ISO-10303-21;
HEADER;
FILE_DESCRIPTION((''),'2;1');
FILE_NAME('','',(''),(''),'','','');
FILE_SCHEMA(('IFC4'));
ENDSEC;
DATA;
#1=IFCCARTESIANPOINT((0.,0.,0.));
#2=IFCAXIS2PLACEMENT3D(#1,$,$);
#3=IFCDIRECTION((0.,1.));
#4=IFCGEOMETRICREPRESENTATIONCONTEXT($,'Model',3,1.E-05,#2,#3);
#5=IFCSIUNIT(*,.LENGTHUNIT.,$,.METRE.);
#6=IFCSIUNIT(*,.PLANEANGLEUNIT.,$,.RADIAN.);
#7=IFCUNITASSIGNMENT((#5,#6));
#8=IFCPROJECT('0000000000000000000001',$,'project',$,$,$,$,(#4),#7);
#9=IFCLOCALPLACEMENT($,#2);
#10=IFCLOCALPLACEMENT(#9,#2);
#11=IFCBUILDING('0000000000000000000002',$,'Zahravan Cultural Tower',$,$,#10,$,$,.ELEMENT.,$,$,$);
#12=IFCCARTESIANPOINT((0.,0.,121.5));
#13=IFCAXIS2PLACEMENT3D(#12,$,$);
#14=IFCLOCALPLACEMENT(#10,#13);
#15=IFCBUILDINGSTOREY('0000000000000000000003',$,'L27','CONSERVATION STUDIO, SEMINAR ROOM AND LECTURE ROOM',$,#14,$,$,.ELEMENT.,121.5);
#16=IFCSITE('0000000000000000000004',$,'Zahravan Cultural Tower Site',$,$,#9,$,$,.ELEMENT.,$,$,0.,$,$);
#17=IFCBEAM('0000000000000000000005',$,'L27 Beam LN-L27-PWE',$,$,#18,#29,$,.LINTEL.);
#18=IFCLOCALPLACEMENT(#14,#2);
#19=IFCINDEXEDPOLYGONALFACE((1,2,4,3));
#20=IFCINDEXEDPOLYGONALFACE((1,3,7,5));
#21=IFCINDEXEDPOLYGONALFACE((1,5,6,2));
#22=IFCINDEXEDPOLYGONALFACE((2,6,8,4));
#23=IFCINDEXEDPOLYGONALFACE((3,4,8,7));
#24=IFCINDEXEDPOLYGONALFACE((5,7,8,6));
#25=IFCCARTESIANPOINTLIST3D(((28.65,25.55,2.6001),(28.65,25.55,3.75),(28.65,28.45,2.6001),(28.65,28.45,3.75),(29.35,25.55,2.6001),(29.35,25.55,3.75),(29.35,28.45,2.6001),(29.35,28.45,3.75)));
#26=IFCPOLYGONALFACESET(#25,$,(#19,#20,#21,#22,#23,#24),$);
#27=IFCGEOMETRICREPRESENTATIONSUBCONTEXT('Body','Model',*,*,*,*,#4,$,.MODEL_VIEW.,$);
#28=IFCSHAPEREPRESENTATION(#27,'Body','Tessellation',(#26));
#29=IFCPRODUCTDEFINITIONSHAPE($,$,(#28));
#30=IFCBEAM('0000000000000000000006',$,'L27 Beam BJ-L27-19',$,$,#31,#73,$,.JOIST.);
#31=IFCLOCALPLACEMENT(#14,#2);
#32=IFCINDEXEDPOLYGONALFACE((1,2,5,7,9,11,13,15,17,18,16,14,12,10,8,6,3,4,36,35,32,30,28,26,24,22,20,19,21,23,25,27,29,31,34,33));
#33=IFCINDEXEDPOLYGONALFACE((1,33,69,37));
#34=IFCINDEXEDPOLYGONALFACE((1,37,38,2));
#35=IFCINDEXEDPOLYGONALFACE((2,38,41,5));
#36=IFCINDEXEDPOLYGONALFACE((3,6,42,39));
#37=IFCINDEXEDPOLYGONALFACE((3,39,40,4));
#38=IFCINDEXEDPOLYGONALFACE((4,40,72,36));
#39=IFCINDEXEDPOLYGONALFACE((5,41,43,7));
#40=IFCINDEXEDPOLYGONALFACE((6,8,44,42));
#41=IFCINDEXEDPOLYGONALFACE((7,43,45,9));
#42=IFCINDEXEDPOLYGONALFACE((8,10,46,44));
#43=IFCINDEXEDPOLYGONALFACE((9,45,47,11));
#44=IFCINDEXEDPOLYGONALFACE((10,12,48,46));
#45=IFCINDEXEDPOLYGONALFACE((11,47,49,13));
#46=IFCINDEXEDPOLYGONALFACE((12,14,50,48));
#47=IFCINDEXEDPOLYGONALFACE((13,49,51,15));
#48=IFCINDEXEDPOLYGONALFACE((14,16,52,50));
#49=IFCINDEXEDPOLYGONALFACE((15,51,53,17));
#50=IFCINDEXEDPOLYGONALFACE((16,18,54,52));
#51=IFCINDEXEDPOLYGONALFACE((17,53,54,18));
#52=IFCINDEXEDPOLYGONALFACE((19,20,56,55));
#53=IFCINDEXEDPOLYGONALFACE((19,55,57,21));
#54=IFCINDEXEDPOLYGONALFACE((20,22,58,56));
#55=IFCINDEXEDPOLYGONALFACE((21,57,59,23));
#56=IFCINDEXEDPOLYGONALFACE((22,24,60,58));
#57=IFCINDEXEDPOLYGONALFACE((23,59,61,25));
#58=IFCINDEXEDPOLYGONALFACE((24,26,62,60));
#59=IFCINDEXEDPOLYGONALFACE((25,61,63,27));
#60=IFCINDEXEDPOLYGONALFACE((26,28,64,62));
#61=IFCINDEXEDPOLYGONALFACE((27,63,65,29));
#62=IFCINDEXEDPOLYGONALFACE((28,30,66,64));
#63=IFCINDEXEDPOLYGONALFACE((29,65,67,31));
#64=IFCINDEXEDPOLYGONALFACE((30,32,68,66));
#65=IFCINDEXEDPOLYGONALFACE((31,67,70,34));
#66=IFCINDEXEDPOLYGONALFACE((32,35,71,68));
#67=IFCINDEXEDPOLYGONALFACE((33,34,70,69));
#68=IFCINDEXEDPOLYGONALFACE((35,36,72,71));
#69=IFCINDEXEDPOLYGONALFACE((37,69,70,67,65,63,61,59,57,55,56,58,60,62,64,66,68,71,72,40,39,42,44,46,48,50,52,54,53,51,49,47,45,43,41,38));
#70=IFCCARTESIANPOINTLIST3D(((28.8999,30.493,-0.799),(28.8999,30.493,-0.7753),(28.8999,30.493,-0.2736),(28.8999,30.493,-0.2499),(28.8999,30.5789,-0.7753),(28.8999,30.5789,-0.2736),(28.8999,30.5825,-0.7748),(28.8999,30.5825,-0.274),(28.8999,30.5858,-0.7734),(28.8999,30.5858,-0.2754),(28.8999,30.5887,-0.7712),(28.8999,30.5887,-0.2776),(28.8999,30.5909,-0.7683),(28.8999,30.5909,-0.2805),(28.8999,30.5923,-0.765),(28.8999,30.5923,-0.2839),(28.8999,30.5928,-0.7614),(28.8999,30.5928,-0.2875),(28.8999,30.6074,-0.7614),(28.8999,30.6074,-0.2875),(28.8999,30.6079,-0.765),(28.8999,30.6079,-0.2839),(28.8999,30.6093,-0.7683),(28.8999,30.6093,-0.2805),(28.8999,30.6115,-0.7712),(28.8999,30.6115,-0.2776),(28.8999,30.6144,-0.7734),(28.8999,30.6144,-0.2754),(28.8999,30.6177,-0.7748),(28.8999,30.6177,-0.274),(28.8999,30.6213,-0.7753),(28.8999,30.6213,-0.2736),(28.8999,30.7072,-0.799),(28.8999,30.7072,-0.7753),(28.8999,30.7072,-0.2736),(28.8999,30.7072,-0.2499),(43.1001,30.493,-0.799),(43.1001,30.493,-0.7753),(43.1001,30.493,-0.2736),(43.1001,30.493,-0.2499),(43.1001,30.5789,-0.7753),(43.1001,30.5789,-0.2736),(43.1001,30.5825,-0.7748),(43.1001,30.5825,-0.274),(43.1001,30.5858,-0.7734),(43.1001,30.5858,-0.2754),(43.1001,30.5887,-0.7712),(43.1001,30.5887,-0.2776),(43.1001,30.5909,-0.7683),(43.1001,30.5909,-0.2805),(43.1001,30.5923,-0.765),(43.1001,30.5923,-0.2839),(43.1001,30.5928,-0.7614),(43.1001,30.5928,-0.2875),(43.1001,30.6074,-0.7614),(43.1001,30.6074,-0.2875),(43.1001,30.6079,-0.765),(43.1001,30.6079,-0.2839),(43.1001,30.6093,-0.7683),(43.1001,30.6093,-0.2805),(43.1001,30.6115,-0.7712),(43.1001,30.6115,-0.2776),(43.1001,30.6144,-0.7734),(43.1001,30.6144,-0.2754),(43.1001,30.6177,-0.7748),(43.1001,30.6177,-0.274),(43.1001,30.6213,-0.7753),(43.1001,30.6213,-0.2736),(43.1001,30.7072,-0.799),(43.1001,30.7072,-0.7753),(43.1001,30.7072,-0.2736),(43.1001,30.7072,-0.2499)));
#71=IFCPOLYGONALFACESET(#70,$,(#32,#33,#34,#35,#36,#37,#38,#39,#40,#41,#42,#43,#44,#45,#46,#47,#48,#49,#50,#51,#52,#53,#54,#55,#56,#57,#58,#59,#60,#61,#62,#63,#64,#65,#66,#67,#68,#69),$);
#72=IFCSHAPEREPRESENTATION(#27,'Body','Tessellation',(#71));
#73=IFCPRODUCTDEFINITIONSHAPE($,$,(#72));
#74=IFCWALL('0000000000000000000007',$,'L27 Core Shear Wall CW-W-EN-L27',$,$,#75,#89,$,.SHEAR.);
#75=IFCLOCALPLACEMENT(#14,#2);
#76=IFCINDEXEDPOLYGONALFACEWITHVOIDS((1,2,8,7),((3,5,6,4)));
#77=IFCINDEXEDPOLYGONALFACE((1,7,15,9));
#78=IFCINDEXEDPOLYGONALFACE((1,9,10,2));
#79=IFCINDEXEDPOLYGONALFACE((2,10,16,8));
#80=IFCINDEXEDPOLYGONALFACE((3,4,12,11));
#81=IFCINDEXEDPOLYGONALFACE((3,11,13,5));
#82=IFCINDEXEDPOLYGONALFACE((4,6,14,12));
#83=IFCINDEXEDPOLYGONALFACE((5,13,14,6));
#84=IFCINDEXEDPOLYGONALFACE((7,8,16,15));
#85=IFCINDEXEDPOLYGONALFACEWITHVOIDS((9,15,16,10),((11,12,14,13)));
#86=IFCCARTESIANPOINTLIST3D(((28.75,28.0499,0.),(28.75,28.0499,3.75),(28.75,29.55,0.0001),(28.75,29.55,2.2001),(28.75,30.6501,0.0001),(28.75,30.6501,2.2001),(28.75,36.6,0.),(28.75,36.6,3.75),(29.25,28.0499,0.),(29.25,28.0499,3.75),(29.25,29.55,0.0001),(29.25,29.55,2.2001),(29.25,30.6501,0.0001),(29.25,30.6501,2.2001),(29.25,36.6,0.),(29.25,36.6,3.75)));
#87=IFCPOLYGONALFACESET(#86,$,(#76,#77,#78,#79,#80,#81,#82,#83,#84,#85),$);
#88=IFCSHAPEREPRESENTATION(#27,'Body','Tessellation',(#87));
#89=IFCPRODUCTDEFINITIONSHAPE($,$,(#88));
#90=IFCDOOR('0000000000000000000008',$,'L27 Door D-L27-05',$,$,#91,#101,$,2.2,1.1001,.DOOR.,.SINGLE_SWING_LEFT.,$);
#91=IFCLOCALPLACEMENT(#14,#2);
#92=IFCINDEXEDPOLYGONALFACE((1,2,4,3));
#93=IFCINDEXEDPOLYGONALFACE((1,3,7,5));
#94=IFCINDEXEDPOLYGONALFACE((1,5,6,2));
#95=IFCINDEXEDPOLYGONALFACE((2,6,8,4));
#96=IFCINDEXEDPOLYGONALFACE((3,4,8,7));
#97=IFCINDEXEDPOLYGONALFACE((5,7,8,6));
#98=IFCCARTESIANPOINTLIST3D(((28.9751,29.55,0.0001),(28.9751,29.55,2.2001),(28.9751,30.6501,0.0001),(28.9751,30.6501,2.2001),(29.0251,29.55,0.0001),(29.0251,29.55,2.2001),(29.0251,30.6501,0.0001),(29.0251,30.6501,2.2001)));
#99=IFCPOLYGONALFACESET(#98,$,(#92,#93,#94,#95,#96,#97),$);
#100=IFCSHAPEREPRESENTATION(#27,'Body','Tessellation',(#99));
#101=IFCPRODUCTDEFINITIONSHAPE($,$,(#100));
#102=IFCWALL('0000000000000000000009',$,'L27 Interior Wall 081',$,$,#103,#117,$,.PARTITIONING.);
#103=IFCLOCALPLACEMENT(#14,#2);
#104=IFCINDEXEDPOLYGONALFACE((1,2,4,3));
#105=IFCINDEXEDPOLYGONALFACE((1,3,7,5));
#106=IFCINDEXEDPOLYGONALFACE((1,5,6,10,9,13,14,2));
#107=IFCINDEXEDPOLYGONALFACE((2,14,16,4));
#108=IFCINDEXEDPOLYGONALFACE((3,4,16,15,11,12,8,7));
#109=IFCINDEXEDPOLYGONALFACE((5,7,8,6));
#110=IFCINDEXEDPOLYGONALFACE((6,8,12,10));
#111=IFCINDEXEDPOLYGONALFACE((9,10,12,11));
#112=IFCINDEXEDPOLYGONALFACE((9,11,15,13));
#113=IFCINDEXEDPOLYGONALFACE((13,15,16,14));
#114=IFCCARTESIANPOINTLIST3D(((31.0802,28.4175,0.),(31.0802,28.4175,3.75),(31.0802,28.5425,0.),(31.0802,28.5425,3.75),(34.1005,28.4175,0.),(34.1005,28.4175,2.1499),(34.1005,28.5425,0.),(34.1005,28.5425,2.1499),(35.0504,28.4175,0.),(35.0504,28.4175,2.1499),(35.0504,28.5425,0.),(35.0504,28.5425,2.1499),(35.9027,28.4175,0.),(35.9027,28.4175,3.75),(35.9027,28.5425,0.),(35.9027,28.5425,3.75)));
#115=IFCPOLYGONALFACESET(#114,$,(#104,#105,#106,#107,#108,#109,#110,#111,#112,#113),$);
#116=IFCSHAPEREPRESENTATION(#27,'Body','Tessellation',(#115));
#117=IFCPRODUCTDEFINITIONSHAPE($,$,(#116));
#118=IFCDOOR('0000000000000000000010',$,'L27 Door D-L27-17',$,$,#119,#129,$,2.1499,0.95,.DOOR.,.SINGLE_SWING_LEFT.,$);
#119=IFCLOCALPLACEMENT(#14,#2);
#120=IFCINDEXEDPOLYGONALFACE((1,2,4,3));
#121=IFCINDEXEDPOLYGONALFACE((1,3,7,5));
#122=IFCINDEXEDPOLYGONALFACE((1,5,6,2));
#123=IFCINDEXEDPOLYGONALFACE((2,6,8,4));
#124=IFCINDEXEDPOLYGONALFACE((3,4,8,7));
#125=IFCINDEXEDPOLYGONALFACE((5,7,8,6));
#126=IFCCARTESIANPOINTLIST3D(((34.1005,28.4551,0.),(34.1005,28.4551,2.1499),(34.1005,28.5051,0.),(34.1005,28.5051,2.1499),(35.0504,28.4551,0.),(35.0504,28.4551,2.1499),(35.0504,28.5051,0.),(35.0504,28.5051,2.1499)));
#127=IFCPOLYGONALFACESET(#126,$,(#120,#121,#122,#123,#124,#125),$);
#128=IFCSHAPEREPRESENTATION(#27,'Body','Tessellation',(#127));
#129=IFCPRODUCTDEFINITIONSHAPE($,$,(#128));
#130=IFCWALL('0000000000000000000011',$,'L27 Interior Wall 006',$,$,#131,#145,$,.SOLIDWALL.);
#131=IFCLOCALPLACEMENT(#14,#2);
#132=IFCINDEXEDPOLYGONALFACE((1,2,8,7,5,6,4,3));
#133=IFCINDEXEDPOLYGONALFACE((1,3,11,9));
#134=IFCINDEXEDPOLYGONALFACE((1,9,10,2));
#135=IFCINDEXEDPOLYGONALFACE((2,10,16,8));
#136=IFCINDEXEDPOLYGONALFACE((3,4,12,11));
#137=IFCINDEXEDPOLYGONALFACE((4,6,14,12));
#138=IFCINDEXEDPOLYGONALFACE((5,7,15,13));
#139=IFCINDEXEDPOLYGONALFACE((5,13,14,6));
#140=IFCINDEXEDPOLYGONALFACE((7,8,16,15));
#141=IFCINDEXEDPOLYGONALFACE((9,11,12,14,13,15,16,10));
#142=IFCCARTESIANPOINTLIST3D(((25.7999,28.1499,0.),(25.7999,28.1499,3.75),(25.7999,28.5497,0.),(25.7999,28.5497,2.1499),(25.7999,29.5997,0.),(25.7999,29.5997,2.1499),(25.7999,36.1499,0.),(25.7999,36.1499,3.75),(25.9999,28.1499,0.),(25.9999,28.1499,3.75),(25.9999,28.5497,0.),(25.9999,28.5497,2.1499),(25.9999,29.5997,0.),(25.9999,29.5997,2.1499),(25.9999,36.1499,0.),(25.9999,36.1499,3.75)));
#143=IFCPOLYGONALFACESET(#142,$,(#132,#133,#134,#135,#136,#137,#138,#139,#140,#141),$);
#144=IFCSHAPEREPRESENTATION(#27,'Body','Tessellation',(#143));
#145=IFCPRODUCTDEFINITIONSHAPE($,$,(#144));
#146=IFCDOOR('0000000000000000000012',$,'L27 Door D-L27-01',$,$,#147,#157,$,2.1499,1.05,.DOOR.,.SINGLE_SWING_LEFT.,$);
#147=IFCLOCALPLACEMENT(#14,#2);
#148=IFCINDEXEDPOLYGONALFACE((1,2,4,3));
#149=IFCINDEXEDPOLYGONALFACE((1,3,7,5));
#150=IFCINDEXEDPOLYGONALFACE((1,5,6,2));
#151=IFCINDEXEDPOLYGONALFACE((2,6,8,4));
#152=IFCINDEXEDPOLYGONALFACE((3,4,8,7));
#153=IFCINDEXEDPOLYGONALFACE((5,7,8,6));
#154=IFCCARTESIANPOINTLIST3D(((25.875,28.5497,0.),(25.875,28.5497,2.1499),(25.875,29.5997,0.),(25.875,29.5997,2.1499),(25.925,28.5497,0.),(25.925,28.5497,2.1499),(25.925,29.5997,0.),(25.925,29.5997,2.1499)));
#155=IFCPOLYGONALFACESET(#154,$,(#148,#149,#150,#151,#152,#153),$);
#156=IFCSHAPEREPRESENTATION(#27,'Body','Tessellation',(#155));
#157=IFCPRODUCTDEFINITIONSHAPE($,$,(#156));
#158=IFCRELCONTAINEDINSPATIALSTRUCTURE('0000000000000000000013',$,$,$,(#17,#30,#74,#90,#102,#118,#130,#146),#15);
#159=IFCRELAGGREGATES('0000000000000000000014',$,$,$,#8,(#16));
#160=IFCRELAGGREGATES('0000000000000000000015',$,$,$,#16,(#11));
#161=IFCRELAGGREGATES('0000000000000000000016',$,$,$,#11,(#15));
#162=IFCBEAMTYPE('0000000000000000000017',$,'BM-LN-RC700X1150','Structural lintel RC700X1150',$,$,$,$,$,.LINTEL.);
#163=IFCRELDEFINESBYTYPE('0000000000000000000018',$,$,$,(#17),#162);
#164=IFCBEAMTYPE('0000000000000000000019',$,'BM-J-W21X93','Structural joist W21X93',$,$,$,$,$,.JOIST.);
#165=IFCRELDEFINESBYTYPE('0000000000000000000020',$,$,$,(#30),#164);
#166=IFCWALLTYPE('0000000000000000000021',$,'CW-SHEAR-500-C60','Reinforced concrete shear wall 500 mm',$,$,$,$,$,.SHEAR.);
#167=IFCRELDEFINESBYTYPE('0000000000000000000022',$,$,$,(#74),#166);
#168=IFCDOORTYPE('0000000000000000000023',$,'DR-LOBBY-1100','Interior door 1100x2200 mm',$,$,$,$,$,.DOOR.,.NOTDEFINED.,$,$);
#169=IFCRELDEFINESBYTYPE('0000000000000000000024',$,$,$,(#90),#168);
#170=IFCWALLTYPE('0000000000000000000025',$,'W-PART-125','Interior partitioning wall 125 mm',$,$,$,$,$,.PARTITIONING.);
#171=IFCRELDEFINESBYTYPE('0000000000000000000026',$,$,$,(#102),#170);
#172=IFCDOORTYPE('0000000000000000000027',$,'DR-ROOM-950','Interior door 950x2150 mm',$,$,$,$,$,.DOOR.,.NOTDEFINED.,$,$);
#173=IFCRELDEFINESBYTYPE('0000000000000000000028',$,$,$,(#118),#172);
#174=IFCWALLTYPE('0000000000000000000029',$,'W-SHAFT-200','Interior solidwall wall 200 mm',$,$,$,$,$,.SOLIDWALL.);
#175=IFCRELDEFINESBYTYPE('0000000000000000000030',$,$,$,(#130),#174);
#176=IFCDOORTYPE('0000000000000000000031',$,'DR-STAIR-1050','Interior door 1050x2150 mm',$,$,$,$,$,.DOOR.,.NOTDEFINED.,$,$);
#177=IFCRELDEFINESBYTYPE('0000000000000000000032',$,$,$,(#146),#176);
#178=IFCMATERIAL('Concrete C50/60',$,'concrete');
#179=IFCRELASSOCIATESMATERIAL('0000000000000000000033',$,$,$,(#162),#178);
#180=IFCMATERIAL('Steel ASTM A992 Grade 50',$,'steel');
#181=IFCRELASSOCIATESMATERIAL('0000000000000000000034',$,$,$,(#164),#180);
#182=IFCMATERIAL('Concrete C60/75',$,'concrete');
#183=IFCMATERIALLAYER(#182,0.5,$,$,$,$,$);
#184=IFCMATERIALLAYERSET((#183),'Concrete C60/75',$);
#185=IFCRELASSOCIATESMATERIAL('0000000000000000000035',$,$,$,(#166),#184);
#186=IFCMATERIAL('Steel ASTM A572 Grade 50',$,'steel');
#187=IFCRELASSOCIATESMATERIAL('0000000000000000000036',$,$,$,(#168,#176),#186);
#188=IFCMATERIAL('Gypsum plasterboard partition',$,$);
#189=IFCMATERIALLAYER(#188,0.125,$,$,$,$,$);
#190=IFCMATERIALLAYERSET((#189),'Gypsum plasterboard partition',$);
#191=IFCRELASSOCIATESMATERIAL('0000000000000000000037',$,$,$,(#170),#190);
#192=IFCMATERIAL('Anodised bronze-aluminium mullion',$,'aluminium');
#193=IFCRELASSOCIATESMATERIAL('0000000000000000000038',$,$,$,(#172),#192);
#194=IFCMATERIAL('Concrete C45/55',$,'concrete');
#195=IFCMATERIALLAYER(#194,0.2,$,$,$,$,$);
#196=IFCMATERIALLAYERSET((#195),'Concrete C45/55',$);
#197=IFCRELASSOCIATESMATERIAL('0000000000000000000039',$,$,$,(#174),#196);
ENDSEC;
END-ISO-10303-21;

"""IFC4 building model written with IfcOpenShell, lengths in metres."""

from ifc_helpers import new_model, si_unit, direction, frame, frame_2d, origin, origin_2d, place, context, subcontext, project, spatial, rectangle, i_section, extrude, source, transform, mapped, material, layer, layer_set, material_profile, profile_set, type_object, element, fill, save


model = new_model("IFC4")

# Units and contexts
model_context = context("Model", 3, precision=1e-05, world=origin(), true_north=direction((0.0, 1.0)))
body_context = subcontext(model_context, "Body", "Model", "MODEL_VIEW")
ifc_project = project(units=[si_unit("LENGTHUNIT", "METRE"), si_unit("PLANEANGLEUNIT", "RADIAN")], contexts=[model_context])

# Site, building, storey
site_placement = place(None, origin())
site = spatial("IfcSite", under=ifc_project, at=site_placement, Name="Zahravan Cultural Tower Site", CompositionType="ELEMENT", RefElevation=0.0)
building_placement = place(site_placement, origin())
building = spatial("IfcBuilding", under=site, at=building_placement, Name="Zahravan Cultural Tower", CompositionType="ELEMENT")
storey_placement = place(building_placement, frame((0.0, 0.0, 121.5)))
storey = spatial("IfcBuildingStorey", under=building, at=storey_placement, Name="L27", Description="CONSERVATION STUDIO, SEMINAR ROOM AND LECTURE ROOM", CompositionType="ELEMENT", Elevation=121.5)

# Beams
ifc_material_1 = material(Name="Concrete C50/60", Category="concrete")
ifc_material_profile_1 = material_profile(ifc_material_1, rectangle(XDim=0.7, YDim=1.1499, at=origin_2d()), Name="RC700X1150")
ifc_profile_set_1 = profile_set([ifc_material_profile_1], Name="Concrete C50/60")
beam_type_1 = type_object("IfcBeamType", Name="BM-LN-RC700X1150", Description="Structural lintel RC700X1150", PredefinedType="LINTEL", material=ifc_profile_set_1)
shared_shape_1 = source(origin(), body_context, "Body", "SweptSolid", [
    extrude(rectangle(XDim=0.7, YDim=1.1499, at=origin_2d()), origin(), (0.0, 0.0, 1.0), 2.8999),
])
beam_1_placement = place(storey_placement, frame((29.0, 25.55, 3.175), z_axis=(0.0, 1.0, 0.0), x_axis=(-1.0, 0.0, 0.0)))
element("IfcBeam", 1, at=beam_1_placement, inside=storey, type_object=beam_type_1, Name="L27 Beam LN-L27-PWE", PredefinedType="LINTEL", context=body_context, shape_type="MappedRepresentation", body=[
    mapped(shared_shape_1, transform((0.0, 0.0, 0.0), x_axis=(1.0, 0.0, 0.0), y_axis=(0.0, 1.0, 0.0), z_axis=(0.0, 0.0, 1.0), scale=1.0)),
])
ifc_material_2 = material(Name="Steel ASTM A992 Grade 50", Category="steel")
ifc_material_profile_2 = material_profile(ifc_material_2, i_section(OverallWidth=0.2141, OverallDepth=0.5491, WebThickness=0.0146, FlangeThickness=0.0237, FilletRadius=0.0139, at=origin_2d()), Name="W21X93")
ifc_profile_set_2 = profile_set([ifc_material_profile_2], Name="Steel ASTM A992 Grade 50")
beam_type_2 = type_object("IfcBeamType", Name="BM-J-W21X93", Description="Structural joist W21X93", PredefinedType="JOIST", material=ifc_profile_set_2)
shared_shape_2 = source(origin(), body_context, "Body", "SweptSolid", [
    extrude(i_section(OverallWidth=0.2141, OverallDepth=0.5491, WebThickness=0.0146, FlangeThickness=0.0237, FilletRadius=0.0139, at=origin_2d()), origin(), (0.0, 0.0, 1.0), 14.2002),
])
beam_2_placement = place(storey_placement, frame((28.8999, 30.6001, -0.5244), z_axis=(1.0, 0.0, 0.0), x_axis=(0.0, 1.0, 0.0)))
element("IfcBeam", 2, at=beam_2_placement, inside=storey, type_object=beam_type_2, Name="L27 Beam BJ-L27-19", PredefinedType="JOIST", context=body_context, shape_type="MappedRepresentation", body=[
    mapped(shared_shape_2, transform((0.0, 0.0, 0.0), x_axis=(1.0, 0.0, 0.0), y_axis=(0.0, 1.0, 0.0), z_axis=(0.0, 0.0, 1.0), scale=1.0)),
])

# Walls, openings, doors
ifc_material_3 = material(Name="Concrete C60/75", Category="concrete")
ifc_layer_1 = layer(ifc_material_3, 0.5)
ifc_layer_set_1 = layer_set([ifc_layer_1], Name="Concrete C60/75")
wall_type_1 = type_object("IfcWallType", Name="CW-SHEAR-500-C60", Description="Reinforced concrete shear wall 500 mm", PredefinedType="SHEAR", material=ifc_layer_set_1)
wall_1_placement = place(storey_placement, frame((29.0, 28.05, 0.0), z_axis=(0.0, 0.0, 1.0), x_axis=(0.0, 1.0, 0.0)))
wall_1 = element("IfcWall", 3, at=wall_1_placement, inside=storey, type_object=wall_type_1, Name="L27 Core Shear Wall CW-W-EN-L27", PredefinedType="SHEAR", context=body_context, shape_type="SweptSolid", body=[
    extrude(rectangle(XDim=8.55, YDim=0.5, at=frame_2d((4.2749, 0.0))), origin(), (0.0, 0.0, 1.0), 3.75),
])
opening_1_placement = place(wall_1_placement, frame((1.5, 0.0, 0.0)))
opening_1 = element("IfcOpeningElement", 4, at=opening_1_placement, cuts=wall_1, PredefinedType="OPENING", context=body_context, shape_type="SweptSolid", body=[
    extrude(rectangle(XDim=1.1001, YDim=2.2, at=frame_2d((0.55, 1.1001))), frame((0.0, 0.26, 0.0), z_axis=(0.0, -1.0, 0.0), x_axis=(1.0, 0.0, 0.0)), (0.0, 0.0, 1.0), 0.52),
])
ifc_material_4 = material(Name="Steel ASTM A572 Grade 50", Category="steel")
door_type_1 = type_object("IfcDoorType", Name="DR-LOBBY-1100", Description="Interior door 1100x2200 mm", OperationType="NOTDEFINED", PredefinedType="DOOR", material=ifc_material_4)
shared_shape_3 = source(origin(), body_context, "Body", "SweptSolid", [
    extrude(rectangle(XDim=1.1001, YDim=2.2, at=frame_2d((0.55, 1.1001))), frame((0.0, 0.0249, 0.0), z_axis=(0.0, -1.0, 0.0), x_axis=(1.0, 0.0, 0.0)), (0.0, 0.0, 1.0), 0.05),
])
door_1_placement = place(opening_1_placement, origin())
door_1 = element("IfcDoor", 5, at=door_1_placement, inside=storey, type_object=door_type_1, Name="L27 Door D-L27-05", OperationType="SINGLE_SWING_LEFT", OverallHeight=2.2, OverallWidth=1.1001, PredefinedType="DOOR", context=body_context, shape_type="MappedRepresentation", body=[
    mapped(shared_shape_3, transform((0.0, 0.0, 0.0), x_axis=(1.0, 0.0, 0.0), y_axis=(0.0, 1.0, 0.0), z_axis=(0.0, 0.0, 1.0), scale=1.0)),
])
fill(opening_1, door_1)
ifc_material_5 = material(Name="Gypsum plasterboard partition")
ifc_layer_2 = layer(ifc_material_5, 0.125)
ifc_layer_set_2 = layer_set([ifc_layer_2], Name="Gypsum plasterboard partition")
wall_type_2 = type_object("IfcWallType", Name="W-PART-125", Description="Interior partitioning wall 125 mm", PredefinedType="PARTITIONING", material=ifc_layer_set_2)
ifc_material_6 = material(Name="Anodised bronze-aluminium mullion", Category="aluminium")
door_type_2 = type_object("IfcDoorType", Name="DR-ROOM-950", Description="Interior door 950x2150 mm", OperationType="NOTDEFINED", PredefinedType="DOOR", material=ifc_material_6)
shared_shape_4 = source(origin(), body_context, "Body", "SweptSolid", [
    extrude(rectangle(XDim=0.95, YDim=2.1499, at=frame_2d((0.4751, 1.075))), frame((0.0, 0.0249, 0.0), z_axis=(0.0, -1.0, 0.0), x_axis=(1.0, 0.0, 0.0)), (0.0, 0.0, 1.0), 0.05),
])
wall_2_placement = place(storey_placement, frame((35.9026, 28.48, 0.0), z_axis=(0.0, 0.0, 1.0), x_axis=(-1.0, 0.0, 0.0)))
wall_2 = element("IfcWall", 6, at=wall_2_placement, inside=storey, type_object=wall_type_2, Name="L27 Interior Wall 081", PredefinedType="PARTITIONING", context=body_context, shape_type="SweptSolid", body=[
    extrude(rectangle(XDim=4.8225, YDim=0.125, at=frame_2d((2.4111, 0.0))), origin(), (0.0, 0.0, 1.0), 3.75),
])
opening_2_placement = place(wall_2_placement, frame((0.8521, 0.0, 0.0)))
opening_2 = element("IfcOpeningElement", 7, at=opening_2_placement, cuts=wall_2, PredefinedType="OPENING", context=body_context, shape_type="SweptSolid", body=[
    extrude(rectangle(XDim=0.95, YDim=2.1499, at=frame_2d((0.4751, 1.075))), frame((0.0, 0.0725, 0.0), z_axis=(0.0, -1.0, 0.0), x_axis=(1.0, 0.0, 0.0)), (0.0, 0.0, 1.0), 0.145),
])
door_2_placement = place(opening_2_placement, origin())
door_2 = element("IfcDoor", 8, at=door_2_placement, inside=storey, type_object=door_type_2, Name="L27 Door D-L27-17", OperationType="SINGLE_SWING_LEFT", OverallHeight=2.1499, OverallWidth=0.95, PredefinedType="DOOR", context=body_context, shape_type="MappedRepresentation", body=[
    mapped(shared_shape_4, transform((0.0, 0.0, 0.0), x_axis=(1.0, 0.0, 0.0), y_axis=(0.0, 1.0, 0.0), z_axis=(0.0, 0.0, 1.0), scale=1.0)),
])
fill(opening_2, door_2)
ifc_material_7 = material(Name="Concrete C45/55", Category="concrete")
ifc_layer_3 = layer(ifc_material_7, 0.2)
ifc_layer_set_3 = layer_set([ifc_layer_3], Name="Concrete C45/55")
wall_type_3 = type_object("IfcWallType", Name="W-SHAFT-200", Description="Interior solidwall wall 200 mm", PredefinedType="SOLIDWALL", material=ifc_layer_set_3)
wall_3_placement = place(storey_placement, frame((25.8999, 28.1499, 0.0), z_axis=(0.0, 0.0, 1.0), x_axis=(0.0, 1.0, 0.0)))
wall_3 = element("IfcWall", 9, at=wall_3_placement, inside=storey, type_object=wall_type_3, Name="L27 Interior Wall 006", PredefinedType="SOLIDWALL", context=body_context, shape_type="SweptSolid", body=[
    extrude(rectangle(XDim=8.0, YDim=0.2, at=frame_2d((4.0, 0.0))), origin(), (0.0, 0.0, 1.0), 3.75),
])
opening_3_placement = place(wall_3_placement, frame((0.3999, 0.0, 0.0)))
opening_3 = element("IfcOpeningElement", 10, at=opening_3_placement, cuts=wall_3, PredefinedType="OPENING", context=body_context, shape_type="SweptSolid", body=[
    extrude(rectangle(XDim=1.05, YDim=2.1499, at=frame_2d((0.5249, 1.075))), frame((0.0, 0.1099, 0.0), z_axis=(0.0, -1.0, 0.0), x_axis=(1.0, 0.0, 0.0)), (0.0, 0.0, 1.0), 0.22),
])
door_type_3 = type_object("IfcDoorType", Name="DR-STAIR-1050", Description="Interior door 1050x2150 mm", OperationType="NOTDEFINED", PredefinedType="DOOR", material=ifc_material_4)
shared_shape_5 = source(origin(), body_context, "Body", "SweptSolid", [
    extrude(rectangle(XDim=1.05, YDim=2.1499, at=frame_2d((0.5249, 1.075))), frame((0.0, 0.0249, 0.0), z_axis=(0.0, -1.0, 0.0), x_axis=(1.0, 0.0, 0.0)), (0.0, 0.0, 1.0), 0.05),
])
door_3_placement = place(opening_3_placement, origin())
door_3 = element("IfcDoor", 11, at=door_3_placement, inside=storey, type_object=door_type_3, Name="L27 Door D-L27-01", OperationType="SINGLE_SWING_LEFT", OverallHeight=2.1499, OverallWidth=1.05, PredefinedType="DOOR", context=body_context, shape_type="MappedRepresentation", body=[
    mapped(shared_shape_5, transform((0.0, 0.0, 0.0), x_axis=(1.0, 0.0, 0.0), y_axis=(0.0, 1.0, 0.0), z_axis=(0.0, 0.0, 1.0), scale=1.0)),
])
fill(opening_3, door_3)

save(model, "model.ifc")
